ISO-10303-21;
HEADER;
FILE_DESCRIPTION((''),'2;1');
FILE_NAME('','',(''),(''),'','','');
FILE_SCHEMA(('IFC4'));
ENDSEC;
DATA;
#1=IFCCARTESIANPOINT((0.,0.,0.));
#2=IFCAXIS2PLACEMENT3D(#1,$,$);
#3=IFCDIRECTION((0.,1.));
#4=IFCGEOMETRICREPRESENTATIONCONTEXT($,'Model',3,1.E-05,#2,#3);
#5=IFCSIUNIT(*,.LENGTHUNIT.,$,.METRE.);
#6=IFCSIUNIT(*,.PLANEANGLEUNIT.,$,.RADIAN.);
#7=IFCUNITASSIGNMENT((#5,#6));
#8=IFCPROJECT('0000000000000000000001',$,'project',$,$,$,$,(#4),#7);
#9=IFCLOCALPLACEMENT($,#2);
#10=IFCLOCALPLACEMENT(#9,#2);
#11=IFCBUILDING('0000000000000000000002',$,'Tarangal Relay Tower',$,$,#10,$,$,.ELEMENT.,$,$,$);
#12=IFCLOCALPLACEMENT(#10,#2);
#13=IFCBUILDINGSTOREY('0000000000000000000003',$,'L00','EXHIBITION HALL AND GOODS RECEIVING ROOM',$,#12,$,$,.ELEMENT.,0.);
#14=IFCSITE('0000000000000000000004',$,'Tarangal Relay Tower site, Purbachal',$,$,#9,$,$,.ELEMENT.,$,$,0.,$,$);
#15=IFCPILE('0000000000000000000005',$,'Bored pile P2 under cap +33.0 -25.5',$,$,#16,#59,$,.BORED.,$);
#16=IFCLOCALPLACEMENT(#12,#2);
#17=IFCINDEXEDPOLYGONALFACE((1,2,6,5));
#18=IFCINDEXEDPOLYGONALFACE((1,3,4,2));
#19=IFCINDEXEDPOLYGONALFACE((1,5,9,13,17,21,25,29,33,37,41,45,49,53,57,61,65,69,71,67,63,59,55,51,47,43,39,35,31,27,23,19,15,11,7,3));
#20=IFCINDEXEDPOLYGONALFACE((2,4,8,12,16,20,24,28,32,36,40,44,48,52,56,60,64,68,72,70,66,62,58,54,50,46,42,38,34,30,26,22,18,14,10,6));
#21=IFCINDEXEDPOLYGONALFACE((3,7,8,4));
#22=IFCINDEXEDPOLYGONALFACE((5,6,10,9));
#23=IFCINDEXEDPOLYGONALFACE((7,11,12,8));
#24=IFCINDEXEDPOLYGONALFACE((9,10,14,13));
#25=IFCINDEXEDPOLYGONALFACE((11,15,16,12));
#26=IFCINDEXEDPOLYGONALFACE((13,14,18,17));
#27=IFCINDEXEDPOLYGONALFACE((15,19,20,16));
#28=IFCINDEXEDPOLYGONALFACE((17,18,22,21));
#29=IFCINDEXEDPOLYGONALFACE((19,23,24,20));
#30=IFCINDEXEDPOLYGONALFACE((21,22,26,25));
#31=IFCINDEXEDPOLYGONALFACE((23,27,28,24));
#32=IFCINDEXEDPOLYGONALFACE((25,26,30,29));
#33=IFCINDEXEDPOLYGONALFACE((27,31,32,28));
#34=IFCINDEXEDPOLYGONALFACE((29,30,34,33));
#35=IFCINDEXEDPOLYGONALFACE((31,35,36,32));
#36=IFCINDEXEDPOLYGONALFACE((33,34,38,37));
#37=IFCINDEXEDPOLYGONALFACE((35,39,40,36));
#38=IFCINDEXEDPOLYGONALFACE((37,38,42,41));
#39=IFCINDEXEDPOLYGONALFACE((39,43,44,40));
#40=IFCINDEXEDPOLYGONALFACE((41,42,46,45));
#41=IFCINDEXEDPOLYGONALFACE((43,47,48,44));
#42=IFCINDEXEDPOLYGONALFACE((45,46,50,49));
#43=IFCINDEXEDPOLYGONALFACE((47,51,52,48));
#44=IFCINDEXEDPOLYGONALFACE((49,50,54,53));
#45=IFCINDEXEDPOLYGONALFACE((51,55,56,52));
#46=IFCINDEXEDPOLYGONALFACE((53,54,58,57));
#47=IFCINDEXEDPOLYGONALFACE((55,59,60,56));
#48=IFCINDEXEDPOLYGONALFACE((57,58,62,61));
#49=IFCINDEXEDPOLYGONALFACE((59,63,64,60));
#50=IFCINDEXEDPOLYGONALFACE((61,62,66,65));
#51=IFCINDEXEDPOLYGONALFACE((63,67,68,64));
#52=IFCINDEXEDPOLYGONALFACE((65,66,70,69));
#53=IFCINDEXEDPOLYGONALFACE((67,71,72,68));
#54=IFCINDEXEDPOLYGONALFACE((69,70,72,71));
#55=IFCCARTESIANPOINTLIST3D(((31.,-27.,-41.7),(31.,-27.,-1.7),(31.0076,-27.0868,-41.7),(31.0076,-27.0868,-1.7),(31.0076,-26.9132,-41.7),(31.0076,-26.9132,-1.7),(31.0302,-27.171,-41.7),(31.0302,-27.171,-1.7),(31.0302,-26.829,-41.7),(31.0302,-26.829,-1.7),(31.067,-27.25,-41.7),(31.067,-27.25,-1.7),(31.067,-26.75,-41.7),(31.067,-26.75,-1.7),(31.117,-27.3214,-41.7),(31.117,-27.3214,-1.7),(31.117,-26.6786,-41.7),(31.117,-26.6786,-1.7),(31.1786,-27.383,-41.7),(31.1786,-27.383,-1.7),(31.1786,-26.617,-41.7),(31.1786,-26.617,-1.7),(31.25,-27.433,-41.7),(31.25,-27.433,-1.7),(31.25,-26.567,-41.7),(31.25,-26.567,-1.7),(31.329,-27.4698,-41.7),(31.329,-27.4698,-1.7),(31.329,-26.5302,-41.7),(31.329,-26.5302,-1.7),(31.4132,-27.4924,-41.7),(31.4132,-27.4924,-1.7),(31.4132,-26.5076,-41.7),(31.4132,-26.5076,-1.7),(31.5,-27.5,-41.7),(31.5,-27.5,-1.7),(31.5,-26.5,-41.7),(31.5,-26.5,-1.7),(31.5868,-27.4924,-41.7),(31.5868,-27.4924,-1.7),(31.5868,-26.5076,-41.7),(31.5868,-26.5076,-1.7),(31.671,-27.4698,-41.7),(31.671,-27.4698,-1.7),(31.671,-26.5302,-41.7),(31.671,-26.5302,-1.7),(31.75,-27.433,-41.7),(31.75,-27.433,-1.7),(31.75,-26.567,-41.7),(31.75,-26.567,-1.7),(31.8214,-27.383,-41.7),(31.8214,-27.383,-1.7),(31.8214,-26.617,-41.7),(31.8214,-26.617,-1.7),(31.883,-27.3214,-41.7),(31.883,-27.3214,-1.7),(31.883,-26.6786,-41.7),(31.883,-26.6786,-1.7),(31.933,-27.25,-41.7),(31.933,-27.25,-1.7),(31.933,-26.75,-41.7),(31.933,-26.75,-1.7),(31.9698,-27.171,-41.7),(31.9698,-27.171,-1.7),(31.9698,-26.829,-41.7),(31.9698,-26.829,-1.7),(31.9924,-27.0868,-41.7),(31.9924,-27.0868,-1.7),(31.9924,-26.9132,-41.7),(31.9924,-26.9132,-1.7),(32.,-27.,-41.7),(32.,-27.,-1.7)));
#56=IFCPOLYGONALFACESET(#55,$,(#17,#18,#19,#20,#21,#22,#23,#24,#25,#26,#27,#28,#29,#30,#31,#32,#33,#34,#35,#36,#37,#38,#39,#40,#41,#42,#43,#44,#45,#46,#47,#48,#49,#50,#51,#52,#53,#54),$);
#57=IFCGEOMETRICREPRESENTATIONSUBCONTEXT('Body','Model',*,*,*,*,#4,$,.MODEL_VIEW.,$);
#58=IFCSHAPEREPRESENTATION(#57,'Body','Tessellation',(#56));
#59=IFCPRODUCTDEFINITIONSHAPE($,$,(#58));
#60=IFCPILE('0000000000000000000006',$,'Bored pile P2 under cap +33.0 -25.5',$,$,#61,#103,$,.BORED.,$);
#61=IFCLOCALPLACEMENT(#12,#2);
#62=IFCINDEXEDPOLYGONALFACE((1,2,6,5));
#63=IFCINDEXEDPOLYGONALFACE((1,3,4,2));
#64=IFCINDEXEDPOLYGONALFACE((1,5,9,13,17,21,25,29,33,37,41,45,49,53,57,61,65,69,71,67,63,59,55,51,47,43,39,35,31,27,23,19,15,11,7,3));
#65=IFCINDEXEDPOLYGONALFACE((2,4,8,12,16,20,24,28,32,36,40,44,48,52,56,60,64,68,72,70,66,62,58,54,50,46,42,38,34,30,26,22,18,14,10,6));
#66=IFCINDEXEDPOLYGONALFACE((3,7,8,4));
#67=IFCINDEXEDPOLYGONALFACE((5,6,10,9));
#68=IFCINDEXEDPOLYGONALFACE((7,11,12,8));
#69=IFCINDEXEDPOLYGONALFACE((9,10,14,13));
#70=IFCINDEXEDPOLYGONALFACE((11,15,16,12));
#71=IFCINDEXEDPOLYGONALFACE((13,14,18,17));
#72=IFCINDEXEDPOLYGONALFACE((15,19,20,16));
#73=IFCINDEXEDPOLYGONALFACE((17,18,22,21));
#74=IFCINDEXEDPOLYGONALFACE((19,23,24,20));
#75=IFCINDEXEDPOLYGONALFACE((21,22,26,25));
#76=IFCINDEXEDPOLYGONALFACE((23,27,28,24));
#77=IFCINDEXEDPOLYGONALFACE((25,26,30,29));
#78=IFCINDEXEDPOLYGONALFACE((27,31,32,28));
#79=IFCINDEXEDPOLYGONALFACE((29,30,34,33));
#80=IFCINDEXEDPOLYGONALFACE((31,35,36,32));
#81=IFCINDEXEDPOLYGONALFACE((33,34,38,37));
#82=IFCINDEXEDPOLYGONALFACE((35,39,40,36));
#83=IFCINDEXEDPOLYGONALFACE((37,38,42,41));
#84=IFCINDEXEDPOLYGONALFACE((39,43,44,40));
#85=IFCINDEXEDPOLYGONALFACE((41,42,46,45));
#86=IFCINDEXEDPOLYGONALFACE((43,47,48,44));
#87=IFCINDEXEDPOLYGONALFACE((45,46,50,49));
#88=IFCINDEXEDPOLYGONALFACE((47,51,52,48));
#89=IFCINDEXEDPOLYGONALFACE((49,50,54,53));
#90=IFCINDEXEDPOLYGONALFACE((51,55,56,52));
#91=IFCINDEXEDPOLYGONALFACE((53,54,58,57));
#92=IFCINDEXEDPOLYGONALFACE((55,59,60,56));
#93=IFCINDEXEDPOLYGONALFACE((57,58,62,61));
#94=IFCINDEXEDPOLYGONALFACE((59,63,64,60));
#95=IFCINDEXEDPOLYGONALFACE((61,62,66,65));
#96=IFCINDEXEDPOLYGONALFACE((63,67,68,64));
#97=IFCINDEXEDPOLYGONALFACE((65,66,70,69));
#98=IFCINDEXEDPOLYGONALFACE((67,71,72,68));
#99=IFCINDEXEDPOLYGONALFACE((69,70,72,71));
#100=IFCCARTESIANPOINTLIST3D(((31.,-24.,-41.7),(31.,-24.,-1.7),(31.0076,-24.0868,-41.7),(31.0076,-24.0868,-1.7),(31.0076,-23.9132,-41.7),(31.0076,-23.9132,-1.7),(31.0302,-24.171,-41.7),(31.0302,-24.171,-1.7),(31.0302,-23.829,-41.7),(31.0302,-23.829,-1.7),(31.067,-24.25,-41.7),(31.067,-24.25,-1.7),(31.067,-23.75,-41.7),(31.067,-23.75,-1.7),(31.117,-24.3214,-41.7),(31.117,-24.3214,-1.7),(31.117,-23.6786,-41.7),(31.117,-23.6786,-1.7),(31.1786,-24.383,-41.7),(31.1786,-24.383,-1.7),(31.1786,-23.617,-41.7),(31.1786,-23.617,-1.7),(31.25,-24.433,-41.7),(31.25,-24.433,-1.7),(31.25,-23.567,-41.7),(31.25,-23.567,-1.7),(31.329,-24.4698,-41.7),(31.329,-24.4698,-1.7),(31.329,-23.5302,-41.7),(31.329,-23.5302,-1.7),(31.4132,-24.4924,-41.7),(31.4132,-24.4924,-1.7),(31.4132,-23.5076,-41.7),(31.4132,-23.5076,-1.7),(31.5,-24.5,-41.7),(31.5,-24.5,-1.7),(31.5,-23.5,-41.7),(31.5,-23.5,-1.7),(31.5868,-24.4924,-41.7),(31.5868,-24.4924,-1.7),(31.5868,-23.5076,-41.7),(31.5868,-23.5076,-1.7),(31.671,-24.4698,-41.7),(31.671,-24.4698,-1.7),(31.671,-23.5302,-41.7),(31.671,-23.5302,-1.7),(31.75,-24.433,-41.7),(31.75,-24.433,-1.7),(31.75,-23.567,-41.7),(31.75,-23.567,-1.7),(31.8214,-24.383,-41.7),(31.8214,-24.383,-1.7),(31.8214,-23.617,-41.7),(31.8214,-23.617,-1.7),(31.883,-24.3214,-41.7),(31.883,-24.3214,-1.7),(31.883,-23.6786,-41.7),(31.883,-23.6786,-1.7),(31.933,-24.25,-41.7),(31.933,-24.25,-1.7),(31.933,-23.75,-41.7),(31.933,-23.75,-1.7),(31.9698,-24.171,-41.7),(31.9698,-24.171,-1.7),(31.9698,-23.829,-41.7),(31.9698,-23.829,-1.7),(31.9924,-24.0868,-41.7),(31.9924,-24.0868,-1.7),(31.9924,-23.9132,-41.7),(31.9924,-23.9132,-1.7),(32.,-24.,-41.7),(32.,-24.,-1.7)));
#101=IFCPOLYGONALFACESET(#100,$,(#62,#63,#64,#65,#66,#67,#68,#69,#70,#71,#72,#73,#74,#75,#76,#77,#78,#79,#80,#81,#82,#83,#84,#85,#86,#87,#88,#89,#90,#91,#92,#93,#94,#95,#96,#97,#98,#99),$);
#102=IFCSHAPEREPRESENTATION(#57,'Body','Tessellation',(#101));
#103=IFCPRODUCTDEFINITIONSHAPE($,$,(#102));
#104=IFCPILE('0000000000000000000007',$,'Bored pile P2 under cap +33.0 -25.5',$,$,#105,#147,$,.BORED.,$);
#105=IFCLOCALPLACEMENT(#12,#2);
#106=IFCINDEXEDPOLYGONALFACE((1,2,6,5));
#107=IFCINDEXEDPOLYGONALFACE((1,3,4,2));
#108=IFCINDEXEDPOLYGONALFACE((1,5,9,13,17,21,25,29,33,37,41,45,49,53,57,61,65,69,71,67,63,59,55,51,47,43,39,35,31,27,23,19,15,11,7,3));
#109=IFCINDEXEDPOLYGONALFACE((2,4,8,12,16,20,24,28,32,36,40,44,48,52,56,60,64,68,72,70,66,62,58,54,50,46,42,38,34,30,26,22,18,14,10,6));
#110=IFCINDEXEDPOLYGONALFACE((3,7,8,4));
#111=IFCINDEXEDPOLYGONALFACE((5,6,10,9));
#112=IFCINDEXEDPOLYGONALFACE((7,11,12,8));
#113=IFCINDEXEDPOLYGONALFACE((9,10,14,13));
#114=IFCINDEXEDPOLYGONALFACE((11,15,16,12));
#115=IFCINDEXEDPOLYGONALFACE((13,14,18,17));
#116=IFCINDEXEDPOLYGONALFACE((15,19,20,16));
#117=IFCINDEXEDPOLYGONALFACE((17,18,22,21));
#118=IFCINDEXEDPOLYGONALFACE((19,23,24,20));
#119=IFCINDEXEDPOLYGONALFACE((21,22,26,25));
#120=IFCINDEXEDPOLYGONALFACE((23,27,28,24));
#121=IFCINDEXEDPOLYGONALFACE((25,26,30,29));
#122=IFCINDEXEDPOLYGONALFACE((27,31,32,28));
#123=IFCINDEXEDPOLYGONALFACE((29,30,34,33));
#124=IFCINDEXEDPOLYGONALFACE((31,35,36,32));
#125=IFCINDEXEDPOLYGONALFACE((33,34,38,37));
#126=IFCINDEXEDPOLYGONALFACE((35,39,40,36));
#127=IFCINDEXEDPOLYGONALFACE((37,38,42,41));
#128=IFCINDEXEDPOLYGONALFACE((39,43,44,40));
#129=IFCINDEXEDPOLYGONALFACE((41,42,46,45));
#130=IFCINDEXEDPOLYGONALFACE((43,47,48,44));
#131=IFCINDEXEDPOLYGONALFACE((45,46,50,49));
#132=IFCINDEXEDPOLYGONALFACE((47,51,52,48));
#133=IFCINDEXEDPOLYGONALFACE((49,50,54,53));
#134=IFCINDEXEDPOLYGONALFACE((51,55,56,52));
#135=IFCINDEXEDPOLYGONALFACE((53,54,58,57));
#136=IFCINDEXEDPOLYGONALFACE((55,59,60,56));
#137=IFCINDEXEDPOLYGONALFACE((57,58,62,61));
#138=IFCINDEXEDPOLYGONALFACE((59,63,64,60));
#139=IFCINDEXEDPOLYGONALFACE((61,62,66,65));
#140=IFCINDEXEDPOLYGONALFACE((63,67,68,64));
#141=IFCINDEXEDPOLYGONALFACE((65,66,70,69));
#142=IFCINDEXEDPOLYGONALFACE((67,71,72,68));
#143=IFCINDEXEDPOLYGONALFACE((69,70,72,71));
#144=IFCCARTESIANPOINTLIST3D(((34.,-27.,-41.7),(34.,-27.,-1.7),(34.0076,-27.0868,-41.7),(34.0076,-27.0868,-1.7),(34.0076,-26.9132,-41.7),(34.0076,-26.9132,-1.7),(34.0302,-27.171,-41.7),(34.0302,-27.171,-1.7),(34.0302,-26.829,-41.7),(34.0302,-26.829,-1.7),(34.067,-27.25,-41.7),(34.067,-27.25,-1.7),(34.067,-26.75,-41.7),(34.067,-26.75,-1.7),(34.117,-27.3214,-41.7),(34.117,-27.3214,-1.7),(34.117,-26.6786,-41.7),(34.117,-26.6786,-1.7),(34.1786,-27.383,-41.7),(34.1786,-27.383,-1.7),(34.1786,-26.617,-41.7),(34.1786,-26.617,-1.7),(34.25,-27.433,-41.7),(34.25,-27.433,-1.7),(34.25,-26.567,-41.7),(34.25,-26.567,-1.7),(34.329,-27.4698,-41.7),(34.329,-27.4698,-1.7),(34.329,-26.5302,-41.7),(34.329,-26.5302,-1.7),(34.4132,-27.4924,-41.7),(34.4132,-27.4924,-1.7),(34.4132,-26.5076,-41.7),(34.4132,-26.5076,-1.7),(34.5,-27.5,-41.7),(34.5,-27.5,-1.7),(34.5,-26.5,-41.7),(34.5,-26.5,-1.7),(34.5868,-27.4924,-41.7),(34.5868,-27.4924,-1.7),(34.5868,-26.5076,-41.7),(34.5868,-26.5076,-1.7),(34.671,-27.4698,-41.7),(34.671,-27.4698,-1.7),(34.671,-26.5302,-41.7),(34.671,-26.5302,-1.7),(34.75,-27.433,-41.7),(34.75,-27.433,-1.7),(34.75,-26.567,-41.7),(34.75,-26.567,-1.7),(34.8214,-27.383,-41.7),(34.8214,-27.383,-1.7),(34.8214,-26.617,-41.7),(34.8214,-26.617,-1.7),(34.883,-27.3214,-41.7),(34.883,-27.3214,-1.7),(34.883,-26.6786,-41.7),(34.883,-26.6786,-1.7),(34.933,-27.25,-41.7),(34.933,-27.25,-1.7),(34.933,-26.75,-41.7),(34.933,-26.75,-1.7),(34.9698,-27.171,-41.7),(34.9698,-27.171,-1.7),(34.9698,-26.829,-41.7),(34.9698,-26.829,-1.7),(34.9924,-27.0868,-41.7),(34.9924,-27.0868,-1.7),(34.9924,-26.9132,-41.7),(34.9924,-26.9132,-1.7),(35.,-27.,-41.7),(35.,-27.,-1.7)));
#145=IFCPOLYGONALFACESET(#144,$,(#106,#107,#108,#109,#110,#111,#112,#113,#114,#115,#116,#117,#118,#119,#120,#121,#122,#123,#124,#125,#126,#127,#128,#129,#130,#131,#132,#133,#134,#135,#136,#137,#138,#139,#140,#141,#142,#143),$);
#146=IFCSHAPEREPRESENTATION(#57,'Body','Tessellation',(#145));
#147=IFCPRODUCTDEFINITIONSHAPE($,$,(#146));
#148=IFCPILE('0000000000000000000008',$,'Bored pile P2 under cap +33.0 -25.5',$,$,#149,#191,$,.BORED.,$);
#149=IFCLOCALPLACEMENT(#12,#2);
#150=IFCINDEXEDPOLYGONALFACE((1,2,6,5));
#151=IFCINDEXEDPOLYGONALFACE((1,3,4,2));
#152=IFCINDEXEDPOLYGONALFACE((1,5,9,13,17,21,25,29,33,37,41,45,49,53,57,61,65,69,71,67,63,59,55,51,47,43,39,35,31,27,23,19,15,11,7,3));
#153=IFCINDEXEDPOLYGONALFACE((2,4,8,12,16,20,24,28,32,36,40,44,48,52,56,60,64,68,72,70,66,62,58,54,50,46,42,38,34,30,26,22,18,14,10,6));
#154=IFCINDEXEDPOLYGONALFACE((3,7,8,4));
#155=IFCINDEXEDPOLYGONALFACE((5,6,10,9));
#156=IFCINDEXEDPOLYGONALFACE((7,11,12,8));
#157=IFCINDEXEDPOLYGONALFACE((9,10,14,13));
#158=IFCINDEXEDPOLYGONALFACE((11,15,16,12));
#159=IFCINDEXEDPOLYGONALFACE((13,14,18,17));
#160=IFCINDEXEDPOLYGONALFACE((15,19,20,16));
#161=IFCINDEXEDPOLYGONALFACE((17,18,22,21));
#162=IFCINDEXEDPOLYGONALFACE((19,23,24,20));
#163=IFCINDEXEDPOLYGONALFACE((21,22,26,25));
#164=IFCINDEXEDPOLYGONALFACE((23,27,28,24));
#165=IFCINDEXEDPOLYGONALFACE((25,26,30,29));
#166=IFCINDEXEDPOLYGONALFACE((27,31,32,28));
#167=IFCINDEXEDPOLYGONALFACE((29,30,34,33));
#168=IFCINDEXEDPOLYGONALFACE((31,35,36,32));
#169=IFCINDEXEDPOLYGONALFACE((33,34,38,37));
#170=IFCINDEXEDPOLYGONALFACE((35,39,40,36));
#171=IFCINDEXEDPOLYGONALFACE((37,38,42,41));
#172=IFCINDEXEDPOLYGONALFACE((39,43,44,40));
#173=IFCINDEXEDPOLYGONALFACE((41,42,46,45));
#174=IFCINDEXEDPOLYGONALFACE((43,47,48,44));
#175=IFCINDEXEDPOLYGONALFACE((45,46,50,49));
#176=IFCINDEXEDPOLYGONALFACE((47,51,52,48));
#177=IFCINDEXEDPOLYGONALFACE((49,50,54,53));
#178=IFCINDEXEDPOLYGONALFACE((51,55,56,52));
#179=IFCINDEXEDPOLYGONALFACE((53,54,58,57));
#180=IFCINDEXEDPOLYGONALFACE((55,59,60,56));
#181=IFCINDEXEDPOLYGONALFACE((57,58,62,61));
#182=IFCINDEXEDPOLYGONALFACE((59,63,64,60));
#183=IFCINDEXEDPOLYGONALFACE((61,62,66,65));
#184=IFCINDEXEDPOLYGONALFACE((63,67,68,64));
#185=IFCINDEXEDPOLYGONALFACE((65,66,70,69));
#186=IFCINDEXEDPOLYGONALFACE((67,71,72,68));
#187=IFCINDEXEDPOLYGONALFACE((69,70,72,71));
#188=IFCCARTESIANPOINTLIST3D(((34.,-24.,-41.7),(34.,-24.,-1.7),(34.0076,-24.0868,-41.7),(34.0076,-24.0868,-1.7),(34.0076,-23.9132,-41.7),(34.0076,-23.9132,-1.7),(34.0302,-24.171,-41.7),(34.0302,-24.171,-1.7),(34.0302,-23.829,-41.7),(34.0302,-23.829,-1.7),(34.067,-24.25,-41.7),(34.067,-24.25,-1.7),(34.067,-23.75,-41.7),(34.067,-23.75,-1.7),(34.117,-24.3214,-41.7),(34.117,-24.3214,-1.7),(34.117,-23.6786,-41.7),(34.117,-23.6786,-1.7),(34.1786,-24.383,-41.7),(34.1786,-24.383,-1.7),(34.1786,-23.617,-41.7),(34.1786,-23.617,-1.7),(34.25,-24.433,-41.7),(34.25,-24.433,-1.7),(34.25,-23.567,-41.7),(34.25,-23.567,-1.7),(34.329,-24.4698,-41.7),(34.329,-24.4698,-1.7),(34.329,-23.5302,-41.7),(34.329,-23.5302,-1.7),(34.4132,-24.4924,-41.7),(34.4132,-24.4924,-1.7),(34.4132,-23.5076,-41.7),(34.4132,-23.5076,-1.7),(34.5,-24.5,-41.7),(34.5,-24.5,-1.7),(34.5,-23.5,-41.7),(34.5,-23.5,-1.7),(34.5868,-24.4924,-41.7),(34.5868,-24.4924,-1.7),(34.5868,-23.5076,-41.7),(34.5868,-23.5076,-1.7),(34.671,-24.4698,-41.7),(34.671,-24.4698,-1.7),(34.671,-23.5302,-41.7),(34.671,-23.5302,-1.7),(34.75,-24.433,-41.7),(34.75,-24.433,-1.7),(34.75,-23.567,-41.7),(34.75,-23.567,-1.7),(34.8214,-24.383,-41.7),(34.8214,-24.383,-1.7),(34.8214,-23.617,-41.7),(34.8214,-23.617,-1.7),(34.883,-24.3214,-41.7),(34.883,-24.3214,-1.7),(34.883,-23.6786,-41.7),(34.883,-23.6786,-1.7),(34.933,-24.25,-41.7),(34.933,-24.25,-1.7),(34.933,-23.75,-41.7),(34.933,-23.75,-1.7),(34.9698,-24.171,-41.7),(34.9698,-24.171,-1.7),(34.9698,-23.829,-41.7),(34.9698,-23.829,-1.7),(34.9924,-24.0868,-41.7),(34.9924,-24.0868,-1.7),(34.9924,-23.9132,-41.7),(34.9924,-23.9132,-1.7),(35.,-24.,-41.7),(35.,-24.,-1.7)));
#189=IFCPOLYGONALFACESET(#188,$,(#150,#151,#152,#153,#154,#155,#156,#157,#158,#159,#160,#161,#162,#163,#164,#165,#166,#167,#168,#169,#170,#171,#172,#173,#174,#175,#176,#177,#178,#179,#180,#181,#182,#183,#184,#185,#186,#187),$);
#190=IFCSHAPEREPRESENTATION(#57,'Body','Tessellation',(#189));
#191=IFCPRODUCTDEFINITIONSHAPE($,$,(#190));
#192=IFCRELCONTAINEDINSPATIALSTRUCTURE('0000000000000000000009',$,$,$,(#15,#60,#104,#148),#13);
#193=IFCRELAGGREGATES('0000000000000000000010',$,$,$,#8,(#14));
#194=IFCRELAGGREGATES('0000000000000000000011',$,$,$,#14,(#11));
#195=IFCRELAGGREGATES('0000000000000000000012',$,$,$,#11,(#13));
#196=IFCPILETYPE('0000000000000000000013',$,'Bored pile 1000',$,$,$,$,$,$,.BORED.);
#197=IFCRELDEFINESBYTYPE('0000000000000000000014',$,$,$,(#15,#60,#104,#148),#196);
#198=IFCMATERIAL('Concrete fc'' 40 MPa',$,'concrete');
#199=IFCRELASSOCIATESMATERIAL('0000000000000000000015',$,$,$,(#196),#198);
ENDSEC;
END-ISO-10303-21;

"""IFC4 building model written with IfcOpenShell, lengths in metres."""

from ifc_helpers import new_model, si_unit, direction, frame, origin, origin_2d, place, context, subcontext, project, spatial, circle, extrude, material, material_profile, profile_set, type_object, element, save


model = new_model("IFC4")

# Units and contexts
model_context = context("Model", 3, precision=1e-05, world=origin(), true_north=direction((0.0, 1.0)))
body_context = subcontext(model_context, "Body", "Model", "MODEL_VIEW")
ifc_project = project(units=[si_unit("LENGTHUNIT", "METRE"), si_unit("PLANEANGLEUNIT", "RADIAN")], contexts=[model_context])

# Site, building, storey
site_placement = place(None, origin())
site = spatial("IfcSite", under=ifc_project, at=site_placement, Name="Tarangal Relay Tower site, Purbachal", CompositionType="ELEMENT", RefElevation=0.0)
building_placement = place(site_placement, origin())
building = spatial("IfcBuilding", under=site, at=building_placement, Name="Tarangal Relay Tower", CompositionType="ELEMENT")
storey_placement = place(building_placement, origin())
storey = spatial("IfcBuildingStorey", under=building, at=storey_placement, Name="L00", Description="EXHIBITION HALL AND GOODS RECEIVING ROOM", CompositionType="ELEMENT", Elevation=0.0)

# Piles
ifc_material_1 = material(Name="Concrete fc' 40 MPa", Category="concrete")
ifc_material_profile_1 = material_profile(ifc_material_1, circle(Radius=0.5, at=origin_2d()), Name="D1000")
ifc_profile_set_1 = profile_set([ifc_material_profile_1], Name="Concrete fc' 40 MPa")
pile_type = type_object("IfcPileType", Name="Bored pile 1000", PredefinedType="BORED", material=ifc_profile_set_1)
for number, where, z_axis, x_axis, name in (
    (1, (31.5, -27.0, -1.7), (0.0, 0.0, -1.0), (1.0, 0.0, 0.0), "Bored pile P2 under cap +33.0 -25.5"),
    (2, (31.5, -24.0, -1.7), (0.0, 0.0, -1.0), (1.0, 0.0, 0.0), "Bored pile P2 under cap +33.0 -25.5"),
    (3, (34.5, -27.0, -1.7), (0.0, 0.0, -1.0), (1.0, 0.0, 0.0), "Bored pile P2 under cap +33.0 -25.5"),
    (4, (34.5, -24.0, -1.7), (0.0, 0.0, -1.0), (1.0, 0.0, 0.0), "Bored pile P2 under cap +33.0 -25.5"),
):
    element("IfcPile", number, at=place(storey_placement, frame(where, z_axis=z_axis, x_axis=x_axis)), inside=storey, type_object=pile_type, Name=name, PredefinedType="BORED", context=body_context, shape_type="SweptSolid", body=[
        extrude(circle(Radius=0.5, at=origin_2d()), origin(), (0.0, 0.0, 1.0), 40.0),
    ])

save(model, "model.ifc")
